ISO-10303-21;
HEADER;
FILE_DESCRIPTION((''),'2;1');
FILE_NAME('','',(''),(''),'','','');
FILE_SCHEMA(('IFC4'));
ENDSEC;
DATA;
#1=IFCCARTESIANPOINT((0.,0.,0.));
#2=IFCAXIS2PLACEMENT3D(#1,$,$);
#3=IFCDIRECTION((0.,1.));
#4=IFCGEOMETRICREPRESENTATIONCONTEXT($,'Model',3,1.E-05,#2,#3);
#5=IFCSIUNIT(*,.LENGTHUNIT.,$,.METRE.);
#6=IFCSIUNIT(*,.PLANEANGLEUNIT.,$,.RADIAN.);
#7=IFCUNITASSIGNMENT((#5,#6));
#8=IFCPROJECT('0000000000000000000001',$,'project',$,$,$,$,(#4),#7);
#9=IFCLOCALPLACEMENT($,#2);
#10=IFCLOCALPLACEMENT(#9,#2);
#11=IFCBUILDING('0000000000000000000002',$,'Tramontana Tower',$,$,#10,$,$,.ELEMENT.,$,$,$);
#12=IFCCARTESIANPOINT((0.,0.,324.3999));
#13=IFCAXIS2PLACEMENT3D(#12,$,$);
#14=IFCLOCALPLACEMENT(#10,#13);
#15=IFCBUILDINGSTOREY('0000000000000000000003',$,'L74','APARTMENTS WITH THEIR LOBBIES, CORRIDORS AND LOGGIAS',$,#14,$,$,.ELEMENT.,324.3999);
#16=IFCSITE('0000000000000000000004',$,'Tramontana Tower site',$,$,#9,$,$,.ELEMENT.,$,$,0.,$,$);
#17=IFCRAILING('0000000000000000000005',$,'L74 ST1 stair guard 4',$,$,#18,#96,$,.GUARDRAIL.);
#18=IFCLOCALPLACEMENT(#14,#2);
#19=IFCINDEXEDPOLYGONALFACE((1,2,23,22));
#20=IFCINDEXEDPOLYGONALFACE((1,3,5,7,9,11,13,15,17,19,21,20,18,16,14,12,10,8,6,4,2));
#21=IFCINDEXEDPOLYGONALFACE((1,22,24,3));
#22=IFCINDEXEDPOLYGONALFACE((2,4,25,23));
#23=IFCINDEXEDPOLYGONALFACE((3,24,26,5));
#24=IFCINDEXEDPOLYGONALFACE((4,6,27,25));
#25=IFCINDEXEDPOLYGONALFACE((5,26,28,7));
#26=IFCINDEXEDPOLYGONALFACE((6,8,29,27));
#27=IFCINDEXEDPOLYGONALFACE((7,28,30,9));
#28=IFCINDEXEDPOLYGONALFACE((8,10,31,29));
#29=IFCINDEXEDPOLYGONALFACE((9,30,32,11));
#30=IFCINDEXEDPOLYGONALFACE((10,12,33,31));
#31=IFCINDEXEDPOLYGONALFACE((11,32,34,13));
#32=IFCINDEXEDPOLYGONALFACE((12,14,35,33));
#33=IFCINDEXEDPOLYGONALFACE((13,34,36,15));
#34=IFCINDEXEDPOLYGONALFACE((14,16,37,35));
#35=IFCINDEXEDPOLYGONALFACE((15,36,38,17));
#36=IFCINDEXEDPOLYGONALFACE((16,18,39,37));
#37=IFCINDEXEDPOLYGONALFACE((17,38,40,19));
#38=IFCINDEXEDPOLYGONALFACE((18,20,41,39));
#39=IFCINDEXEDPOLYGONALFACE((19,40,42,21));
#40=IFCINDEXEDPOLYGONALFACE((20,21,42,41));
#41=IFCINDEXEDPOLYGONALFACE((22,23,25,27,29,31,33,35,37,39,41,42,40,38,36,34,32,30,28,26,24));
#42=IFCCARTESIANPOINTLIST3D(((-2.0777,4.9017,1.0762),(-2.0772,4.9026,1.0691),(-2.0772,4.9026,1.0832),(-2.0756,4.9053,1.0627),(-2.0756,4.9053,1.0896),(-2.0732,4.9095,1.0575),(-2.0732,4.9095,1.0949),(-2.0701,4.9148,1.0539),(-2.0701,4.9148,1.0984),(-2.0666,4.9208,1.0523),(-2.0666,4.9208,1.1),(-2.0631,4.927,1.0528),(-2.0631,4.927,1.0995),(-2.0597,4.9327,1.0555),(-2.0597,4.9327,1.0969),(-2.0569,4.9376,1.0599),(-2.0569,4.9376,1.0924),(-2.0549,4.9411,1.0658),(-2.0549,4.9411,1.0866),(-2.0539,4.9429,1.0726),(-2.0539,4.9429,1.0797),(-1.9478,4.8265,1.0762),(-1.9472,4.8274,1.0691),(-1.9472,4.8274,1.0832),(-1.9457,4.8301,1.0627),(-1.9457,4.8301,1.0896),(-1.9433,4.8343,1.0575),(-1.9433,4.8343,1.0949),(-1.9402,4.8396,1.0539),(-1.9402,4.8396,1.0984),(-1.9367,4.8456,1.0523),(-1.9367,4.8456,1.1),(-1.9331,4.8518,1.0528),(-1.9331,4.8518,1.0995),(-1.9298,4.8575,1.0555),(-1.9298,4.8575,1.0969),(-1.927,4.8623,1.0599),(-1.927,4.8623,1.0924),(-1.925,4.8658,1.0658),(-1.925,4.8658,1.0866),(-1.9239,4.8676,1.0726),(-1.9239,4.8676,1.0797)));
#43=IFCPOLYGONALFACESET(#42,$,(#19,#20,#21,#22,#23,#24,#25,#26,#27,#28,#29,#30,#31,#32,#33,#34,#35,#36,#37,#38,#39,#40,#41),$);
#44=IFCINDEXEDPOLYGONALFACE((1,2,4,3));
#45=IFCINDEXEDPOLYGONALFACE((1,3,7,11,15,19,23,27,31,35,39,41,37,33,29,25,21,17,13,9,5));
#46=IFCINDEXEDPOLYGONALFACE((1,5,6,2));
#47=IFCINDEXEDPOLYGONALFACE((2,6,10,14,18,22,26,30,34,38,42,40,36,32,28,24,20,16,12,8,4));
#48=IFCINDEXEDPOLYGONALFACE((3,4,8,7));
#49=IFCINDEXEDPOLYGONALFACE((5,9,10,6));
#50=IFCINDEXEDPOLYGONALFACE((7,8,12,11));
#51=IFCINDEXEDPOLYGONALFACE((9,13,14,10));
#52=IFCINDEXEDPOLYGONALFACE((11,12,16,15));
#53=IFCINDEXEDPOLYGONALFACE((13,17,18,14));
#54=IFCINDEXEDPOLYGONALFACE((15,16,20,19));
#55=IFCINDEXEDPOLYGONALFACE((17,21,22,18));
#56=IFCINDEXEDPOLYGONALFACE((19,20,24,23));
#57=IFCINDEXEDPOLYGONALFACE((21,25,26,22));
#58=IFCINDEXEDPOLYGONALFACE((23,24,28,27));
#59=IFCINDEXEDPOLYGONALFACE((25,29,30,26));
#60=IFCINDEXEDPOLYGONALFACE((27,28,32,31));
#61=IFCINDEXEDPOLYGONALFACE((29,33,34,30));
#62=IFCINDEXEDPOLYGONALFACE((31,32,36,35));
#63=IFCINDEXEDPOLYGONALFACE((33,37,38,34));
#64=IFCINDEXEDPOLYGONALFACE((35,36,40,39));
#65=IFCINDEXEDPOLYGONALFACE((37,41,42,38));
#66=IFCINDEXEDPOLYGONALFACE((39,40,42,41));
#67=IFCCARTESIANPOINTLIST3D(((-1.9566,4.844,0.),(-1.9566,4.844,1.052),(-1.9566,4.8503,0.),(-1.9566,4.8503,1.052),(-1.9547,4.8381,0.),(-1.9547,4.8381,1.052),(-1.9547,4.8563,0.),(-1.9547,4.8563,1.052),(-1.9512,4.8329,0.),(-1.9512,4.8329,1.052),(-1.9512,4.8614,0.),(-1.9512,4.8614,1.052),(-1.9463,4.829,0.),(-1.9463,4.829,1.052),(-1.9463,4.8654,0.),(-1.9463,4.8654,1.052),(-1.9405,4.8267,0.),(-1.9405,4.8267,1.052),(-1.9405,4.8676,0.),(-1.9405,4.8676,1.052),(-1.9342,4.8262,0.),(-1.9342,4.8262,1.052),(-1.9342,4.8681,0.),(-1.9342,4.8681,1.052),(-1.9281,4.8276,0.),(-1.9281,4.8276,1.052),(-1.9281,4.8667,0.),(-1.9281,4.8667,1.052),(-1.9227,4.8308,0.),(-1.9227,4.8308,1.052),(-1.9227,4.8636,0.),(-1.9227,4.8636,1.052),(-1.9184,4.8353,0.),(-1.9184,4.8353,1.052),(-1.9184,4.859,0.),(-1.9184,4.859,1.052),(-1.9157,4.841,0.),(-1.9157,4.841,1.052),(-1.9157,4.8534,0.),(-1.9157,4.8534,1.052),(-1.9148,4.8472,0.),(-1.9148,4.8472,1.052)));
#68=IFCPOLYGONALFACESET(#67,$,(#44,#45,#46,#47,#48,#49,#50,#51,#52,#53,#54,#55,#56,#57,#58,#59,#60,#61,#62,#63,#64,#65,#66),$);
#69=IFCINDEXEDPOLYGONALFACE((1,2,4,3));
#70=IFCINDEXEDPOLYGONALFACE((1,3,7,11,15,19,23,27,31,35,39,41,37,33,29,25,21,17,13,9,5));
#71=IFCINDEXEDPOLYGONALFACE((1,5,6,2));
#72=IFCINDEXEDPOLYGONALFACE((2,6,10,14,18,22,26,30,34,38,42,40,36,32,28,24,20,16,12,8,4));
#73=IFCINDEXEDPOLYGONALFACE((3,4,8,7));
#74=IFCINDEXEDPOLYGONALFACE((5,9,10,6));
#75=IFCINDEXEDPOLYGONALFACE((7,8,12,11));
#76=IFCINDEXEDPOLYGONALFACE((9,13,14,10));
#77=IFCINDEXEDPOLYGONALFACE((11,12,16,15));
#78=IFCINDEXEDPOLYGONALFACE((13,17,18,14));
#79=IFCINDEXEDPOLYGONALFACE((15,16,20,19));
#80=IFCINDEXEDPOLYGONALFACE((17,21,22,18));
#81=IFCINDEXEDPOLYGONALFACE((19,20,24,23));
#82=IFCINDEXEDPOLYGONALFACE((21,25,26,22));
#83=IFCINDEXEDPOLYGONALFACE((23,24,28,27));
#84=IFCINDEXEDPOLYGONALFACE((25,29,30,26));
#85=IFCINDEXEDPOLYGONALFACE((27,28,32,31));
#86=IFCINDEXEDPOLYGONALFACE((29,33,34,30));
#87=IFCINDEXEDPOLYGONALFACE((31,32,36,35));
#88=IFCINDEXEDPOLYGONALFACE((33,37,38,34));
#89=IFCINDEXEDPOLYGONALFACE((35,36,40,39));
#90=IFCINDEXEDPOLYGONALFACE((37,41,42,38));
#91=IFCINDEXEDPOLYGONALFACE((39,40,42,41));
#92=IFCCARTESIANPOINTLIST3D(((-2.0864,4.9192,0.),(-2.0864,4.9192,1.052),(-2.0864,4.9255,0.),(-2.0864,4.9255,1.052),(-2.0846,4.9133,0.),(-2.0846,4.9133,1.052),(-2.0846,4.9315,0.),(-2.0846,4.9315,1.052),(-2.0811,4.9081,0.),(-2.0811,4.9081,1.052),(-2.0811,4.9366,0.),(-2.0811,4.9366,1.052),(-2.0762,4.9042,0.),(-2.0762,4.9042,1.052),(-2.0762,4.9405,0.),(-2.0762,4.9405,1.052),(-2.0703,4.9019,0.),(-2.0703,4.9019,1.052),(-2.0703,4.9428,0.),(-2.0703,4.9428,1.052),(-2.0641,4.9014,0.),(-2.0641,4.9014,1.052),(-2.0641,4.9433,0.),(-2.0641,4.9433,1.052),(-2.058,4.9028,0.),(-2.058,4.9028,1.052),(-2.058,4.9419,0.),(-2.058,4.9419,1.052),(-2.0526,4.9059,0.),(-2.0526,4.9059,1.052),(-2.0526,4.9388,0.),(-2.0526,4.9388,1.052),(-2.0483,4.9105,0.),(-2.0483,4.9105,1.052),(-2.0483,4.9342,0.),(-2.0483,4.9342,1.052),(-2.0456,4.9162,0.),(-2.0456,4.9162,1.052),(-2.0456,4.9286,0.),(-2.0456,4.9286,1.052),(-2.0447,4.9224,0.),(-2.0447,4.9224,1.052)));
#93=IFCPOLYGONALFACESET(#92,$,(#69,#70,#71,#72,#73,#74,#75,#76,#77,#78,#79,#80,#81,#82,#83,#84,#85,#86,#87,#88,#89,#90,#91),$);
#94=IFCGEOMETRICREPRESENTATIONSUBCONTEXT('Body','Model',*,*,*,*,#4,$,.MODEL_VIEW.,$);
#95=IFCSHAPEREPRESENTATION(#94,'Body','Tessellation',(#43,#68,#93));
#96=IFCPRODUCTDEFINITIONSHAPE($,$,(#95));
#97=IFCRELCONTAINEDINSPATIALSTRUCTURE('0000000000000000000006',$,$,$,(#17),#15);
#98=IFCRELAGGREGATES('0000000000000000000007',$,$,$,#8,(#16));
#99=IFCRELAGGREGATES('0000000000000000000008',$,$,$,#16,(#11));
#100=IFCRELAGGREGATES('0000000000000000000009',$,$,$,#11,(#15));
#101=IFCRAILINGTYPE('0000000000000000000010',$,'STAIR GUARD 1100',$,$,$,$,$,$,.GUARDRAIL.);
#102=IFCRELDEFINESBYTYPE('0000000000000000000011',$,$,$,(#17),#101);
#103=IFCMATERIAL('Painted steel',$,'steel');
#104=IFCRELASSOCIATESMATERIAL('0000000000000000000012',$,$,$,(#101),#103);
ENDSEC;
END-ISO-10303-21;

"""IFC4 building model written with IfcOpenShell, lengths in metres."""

from ifc_helpers import new_model, si_unit, direction, frame, origin, origin_2d, place, context, subcontext, project, spatial, circle, extrude, material, type_object, element, save


model = new_model("IFC4")

# Units and contexts
model_context = context("Model", 3, precision=1e-05, world=origin(), true_north=direction((0.0, 1.0)))
body_context = subcontext(model_context, "Body", "Model", "MODEL_VIEW")
ifc_project = project(units=[si_unit("LENGTHUNIT", "METRE"), si_unit("PLANEANGLEUNIT", "RADIAN")], contexts=[model_context])

# Site, building, storey
site_placement = place(None, origin())
site = spatial("IfcSite", under=ifc_project, at=site_placement, Name="Tramontana Tower site", CompositionType="ELEMENT", RefElevation=0.0)
building_placement = place(site_placement, origin())
building = spatial("IfcBuilding", under=site, at=building_placement, Name="Tramontana Tower", CompositionType="ELEMENT")
storey_placement = place(building_placement, frame((0.0, 0.0, 324.3999)))
storey = spatial("IfcBuildingStorey", under=building, at=storey_placement, Name="L74", Description="APARTMENTS WITH THEIR LOBBIES, CORRIDORS AND LOGGIAS", CompositionType="ELEMENT", Elevation=324.3999)

# Railing
ifc_material_1 = material(Name="Painted steel", Category="steel")
railing_type_1 = type_object("IfcRailingType", Name="STAIR GUARD 1100", PredefinedType="GUARDRAIL", material=ifc_material_1)
railing_1_placement = place(storey_placement, frame((-1.9358, 4.8472, 0.0)))
element("IfcRailing", 1, at=railing_1_placement, inside=storey, type_object=railing_type_1, Name="L74 ST1 stair guard 4", PredefinedType="GUARDRAIL", context=body_context, shape_type="SweptSolid", body=[
    extrude(circle(Radius=0.0239, at=origin_2d()), frame((0.0, 0.0, 1.0762), z_axis=(-0.865426, 0.501036, 0.0), x_axis=(-0.501036, -0.865426, 0.0)), (0.0, 0.0, 1.0), 0.1501),
    extrude(circle(Radius=0.021, at=origin_2d()), origin(), (0.0, 0.0, 1.0), 1.052),
    extrude(circle(Radius=0.021, at=origin_2d()), frame((-0.1299, 0.0752, 0.0)), (0.0, 0.0, 1.0), 1.052),
])

save(model, "model.ifc")
